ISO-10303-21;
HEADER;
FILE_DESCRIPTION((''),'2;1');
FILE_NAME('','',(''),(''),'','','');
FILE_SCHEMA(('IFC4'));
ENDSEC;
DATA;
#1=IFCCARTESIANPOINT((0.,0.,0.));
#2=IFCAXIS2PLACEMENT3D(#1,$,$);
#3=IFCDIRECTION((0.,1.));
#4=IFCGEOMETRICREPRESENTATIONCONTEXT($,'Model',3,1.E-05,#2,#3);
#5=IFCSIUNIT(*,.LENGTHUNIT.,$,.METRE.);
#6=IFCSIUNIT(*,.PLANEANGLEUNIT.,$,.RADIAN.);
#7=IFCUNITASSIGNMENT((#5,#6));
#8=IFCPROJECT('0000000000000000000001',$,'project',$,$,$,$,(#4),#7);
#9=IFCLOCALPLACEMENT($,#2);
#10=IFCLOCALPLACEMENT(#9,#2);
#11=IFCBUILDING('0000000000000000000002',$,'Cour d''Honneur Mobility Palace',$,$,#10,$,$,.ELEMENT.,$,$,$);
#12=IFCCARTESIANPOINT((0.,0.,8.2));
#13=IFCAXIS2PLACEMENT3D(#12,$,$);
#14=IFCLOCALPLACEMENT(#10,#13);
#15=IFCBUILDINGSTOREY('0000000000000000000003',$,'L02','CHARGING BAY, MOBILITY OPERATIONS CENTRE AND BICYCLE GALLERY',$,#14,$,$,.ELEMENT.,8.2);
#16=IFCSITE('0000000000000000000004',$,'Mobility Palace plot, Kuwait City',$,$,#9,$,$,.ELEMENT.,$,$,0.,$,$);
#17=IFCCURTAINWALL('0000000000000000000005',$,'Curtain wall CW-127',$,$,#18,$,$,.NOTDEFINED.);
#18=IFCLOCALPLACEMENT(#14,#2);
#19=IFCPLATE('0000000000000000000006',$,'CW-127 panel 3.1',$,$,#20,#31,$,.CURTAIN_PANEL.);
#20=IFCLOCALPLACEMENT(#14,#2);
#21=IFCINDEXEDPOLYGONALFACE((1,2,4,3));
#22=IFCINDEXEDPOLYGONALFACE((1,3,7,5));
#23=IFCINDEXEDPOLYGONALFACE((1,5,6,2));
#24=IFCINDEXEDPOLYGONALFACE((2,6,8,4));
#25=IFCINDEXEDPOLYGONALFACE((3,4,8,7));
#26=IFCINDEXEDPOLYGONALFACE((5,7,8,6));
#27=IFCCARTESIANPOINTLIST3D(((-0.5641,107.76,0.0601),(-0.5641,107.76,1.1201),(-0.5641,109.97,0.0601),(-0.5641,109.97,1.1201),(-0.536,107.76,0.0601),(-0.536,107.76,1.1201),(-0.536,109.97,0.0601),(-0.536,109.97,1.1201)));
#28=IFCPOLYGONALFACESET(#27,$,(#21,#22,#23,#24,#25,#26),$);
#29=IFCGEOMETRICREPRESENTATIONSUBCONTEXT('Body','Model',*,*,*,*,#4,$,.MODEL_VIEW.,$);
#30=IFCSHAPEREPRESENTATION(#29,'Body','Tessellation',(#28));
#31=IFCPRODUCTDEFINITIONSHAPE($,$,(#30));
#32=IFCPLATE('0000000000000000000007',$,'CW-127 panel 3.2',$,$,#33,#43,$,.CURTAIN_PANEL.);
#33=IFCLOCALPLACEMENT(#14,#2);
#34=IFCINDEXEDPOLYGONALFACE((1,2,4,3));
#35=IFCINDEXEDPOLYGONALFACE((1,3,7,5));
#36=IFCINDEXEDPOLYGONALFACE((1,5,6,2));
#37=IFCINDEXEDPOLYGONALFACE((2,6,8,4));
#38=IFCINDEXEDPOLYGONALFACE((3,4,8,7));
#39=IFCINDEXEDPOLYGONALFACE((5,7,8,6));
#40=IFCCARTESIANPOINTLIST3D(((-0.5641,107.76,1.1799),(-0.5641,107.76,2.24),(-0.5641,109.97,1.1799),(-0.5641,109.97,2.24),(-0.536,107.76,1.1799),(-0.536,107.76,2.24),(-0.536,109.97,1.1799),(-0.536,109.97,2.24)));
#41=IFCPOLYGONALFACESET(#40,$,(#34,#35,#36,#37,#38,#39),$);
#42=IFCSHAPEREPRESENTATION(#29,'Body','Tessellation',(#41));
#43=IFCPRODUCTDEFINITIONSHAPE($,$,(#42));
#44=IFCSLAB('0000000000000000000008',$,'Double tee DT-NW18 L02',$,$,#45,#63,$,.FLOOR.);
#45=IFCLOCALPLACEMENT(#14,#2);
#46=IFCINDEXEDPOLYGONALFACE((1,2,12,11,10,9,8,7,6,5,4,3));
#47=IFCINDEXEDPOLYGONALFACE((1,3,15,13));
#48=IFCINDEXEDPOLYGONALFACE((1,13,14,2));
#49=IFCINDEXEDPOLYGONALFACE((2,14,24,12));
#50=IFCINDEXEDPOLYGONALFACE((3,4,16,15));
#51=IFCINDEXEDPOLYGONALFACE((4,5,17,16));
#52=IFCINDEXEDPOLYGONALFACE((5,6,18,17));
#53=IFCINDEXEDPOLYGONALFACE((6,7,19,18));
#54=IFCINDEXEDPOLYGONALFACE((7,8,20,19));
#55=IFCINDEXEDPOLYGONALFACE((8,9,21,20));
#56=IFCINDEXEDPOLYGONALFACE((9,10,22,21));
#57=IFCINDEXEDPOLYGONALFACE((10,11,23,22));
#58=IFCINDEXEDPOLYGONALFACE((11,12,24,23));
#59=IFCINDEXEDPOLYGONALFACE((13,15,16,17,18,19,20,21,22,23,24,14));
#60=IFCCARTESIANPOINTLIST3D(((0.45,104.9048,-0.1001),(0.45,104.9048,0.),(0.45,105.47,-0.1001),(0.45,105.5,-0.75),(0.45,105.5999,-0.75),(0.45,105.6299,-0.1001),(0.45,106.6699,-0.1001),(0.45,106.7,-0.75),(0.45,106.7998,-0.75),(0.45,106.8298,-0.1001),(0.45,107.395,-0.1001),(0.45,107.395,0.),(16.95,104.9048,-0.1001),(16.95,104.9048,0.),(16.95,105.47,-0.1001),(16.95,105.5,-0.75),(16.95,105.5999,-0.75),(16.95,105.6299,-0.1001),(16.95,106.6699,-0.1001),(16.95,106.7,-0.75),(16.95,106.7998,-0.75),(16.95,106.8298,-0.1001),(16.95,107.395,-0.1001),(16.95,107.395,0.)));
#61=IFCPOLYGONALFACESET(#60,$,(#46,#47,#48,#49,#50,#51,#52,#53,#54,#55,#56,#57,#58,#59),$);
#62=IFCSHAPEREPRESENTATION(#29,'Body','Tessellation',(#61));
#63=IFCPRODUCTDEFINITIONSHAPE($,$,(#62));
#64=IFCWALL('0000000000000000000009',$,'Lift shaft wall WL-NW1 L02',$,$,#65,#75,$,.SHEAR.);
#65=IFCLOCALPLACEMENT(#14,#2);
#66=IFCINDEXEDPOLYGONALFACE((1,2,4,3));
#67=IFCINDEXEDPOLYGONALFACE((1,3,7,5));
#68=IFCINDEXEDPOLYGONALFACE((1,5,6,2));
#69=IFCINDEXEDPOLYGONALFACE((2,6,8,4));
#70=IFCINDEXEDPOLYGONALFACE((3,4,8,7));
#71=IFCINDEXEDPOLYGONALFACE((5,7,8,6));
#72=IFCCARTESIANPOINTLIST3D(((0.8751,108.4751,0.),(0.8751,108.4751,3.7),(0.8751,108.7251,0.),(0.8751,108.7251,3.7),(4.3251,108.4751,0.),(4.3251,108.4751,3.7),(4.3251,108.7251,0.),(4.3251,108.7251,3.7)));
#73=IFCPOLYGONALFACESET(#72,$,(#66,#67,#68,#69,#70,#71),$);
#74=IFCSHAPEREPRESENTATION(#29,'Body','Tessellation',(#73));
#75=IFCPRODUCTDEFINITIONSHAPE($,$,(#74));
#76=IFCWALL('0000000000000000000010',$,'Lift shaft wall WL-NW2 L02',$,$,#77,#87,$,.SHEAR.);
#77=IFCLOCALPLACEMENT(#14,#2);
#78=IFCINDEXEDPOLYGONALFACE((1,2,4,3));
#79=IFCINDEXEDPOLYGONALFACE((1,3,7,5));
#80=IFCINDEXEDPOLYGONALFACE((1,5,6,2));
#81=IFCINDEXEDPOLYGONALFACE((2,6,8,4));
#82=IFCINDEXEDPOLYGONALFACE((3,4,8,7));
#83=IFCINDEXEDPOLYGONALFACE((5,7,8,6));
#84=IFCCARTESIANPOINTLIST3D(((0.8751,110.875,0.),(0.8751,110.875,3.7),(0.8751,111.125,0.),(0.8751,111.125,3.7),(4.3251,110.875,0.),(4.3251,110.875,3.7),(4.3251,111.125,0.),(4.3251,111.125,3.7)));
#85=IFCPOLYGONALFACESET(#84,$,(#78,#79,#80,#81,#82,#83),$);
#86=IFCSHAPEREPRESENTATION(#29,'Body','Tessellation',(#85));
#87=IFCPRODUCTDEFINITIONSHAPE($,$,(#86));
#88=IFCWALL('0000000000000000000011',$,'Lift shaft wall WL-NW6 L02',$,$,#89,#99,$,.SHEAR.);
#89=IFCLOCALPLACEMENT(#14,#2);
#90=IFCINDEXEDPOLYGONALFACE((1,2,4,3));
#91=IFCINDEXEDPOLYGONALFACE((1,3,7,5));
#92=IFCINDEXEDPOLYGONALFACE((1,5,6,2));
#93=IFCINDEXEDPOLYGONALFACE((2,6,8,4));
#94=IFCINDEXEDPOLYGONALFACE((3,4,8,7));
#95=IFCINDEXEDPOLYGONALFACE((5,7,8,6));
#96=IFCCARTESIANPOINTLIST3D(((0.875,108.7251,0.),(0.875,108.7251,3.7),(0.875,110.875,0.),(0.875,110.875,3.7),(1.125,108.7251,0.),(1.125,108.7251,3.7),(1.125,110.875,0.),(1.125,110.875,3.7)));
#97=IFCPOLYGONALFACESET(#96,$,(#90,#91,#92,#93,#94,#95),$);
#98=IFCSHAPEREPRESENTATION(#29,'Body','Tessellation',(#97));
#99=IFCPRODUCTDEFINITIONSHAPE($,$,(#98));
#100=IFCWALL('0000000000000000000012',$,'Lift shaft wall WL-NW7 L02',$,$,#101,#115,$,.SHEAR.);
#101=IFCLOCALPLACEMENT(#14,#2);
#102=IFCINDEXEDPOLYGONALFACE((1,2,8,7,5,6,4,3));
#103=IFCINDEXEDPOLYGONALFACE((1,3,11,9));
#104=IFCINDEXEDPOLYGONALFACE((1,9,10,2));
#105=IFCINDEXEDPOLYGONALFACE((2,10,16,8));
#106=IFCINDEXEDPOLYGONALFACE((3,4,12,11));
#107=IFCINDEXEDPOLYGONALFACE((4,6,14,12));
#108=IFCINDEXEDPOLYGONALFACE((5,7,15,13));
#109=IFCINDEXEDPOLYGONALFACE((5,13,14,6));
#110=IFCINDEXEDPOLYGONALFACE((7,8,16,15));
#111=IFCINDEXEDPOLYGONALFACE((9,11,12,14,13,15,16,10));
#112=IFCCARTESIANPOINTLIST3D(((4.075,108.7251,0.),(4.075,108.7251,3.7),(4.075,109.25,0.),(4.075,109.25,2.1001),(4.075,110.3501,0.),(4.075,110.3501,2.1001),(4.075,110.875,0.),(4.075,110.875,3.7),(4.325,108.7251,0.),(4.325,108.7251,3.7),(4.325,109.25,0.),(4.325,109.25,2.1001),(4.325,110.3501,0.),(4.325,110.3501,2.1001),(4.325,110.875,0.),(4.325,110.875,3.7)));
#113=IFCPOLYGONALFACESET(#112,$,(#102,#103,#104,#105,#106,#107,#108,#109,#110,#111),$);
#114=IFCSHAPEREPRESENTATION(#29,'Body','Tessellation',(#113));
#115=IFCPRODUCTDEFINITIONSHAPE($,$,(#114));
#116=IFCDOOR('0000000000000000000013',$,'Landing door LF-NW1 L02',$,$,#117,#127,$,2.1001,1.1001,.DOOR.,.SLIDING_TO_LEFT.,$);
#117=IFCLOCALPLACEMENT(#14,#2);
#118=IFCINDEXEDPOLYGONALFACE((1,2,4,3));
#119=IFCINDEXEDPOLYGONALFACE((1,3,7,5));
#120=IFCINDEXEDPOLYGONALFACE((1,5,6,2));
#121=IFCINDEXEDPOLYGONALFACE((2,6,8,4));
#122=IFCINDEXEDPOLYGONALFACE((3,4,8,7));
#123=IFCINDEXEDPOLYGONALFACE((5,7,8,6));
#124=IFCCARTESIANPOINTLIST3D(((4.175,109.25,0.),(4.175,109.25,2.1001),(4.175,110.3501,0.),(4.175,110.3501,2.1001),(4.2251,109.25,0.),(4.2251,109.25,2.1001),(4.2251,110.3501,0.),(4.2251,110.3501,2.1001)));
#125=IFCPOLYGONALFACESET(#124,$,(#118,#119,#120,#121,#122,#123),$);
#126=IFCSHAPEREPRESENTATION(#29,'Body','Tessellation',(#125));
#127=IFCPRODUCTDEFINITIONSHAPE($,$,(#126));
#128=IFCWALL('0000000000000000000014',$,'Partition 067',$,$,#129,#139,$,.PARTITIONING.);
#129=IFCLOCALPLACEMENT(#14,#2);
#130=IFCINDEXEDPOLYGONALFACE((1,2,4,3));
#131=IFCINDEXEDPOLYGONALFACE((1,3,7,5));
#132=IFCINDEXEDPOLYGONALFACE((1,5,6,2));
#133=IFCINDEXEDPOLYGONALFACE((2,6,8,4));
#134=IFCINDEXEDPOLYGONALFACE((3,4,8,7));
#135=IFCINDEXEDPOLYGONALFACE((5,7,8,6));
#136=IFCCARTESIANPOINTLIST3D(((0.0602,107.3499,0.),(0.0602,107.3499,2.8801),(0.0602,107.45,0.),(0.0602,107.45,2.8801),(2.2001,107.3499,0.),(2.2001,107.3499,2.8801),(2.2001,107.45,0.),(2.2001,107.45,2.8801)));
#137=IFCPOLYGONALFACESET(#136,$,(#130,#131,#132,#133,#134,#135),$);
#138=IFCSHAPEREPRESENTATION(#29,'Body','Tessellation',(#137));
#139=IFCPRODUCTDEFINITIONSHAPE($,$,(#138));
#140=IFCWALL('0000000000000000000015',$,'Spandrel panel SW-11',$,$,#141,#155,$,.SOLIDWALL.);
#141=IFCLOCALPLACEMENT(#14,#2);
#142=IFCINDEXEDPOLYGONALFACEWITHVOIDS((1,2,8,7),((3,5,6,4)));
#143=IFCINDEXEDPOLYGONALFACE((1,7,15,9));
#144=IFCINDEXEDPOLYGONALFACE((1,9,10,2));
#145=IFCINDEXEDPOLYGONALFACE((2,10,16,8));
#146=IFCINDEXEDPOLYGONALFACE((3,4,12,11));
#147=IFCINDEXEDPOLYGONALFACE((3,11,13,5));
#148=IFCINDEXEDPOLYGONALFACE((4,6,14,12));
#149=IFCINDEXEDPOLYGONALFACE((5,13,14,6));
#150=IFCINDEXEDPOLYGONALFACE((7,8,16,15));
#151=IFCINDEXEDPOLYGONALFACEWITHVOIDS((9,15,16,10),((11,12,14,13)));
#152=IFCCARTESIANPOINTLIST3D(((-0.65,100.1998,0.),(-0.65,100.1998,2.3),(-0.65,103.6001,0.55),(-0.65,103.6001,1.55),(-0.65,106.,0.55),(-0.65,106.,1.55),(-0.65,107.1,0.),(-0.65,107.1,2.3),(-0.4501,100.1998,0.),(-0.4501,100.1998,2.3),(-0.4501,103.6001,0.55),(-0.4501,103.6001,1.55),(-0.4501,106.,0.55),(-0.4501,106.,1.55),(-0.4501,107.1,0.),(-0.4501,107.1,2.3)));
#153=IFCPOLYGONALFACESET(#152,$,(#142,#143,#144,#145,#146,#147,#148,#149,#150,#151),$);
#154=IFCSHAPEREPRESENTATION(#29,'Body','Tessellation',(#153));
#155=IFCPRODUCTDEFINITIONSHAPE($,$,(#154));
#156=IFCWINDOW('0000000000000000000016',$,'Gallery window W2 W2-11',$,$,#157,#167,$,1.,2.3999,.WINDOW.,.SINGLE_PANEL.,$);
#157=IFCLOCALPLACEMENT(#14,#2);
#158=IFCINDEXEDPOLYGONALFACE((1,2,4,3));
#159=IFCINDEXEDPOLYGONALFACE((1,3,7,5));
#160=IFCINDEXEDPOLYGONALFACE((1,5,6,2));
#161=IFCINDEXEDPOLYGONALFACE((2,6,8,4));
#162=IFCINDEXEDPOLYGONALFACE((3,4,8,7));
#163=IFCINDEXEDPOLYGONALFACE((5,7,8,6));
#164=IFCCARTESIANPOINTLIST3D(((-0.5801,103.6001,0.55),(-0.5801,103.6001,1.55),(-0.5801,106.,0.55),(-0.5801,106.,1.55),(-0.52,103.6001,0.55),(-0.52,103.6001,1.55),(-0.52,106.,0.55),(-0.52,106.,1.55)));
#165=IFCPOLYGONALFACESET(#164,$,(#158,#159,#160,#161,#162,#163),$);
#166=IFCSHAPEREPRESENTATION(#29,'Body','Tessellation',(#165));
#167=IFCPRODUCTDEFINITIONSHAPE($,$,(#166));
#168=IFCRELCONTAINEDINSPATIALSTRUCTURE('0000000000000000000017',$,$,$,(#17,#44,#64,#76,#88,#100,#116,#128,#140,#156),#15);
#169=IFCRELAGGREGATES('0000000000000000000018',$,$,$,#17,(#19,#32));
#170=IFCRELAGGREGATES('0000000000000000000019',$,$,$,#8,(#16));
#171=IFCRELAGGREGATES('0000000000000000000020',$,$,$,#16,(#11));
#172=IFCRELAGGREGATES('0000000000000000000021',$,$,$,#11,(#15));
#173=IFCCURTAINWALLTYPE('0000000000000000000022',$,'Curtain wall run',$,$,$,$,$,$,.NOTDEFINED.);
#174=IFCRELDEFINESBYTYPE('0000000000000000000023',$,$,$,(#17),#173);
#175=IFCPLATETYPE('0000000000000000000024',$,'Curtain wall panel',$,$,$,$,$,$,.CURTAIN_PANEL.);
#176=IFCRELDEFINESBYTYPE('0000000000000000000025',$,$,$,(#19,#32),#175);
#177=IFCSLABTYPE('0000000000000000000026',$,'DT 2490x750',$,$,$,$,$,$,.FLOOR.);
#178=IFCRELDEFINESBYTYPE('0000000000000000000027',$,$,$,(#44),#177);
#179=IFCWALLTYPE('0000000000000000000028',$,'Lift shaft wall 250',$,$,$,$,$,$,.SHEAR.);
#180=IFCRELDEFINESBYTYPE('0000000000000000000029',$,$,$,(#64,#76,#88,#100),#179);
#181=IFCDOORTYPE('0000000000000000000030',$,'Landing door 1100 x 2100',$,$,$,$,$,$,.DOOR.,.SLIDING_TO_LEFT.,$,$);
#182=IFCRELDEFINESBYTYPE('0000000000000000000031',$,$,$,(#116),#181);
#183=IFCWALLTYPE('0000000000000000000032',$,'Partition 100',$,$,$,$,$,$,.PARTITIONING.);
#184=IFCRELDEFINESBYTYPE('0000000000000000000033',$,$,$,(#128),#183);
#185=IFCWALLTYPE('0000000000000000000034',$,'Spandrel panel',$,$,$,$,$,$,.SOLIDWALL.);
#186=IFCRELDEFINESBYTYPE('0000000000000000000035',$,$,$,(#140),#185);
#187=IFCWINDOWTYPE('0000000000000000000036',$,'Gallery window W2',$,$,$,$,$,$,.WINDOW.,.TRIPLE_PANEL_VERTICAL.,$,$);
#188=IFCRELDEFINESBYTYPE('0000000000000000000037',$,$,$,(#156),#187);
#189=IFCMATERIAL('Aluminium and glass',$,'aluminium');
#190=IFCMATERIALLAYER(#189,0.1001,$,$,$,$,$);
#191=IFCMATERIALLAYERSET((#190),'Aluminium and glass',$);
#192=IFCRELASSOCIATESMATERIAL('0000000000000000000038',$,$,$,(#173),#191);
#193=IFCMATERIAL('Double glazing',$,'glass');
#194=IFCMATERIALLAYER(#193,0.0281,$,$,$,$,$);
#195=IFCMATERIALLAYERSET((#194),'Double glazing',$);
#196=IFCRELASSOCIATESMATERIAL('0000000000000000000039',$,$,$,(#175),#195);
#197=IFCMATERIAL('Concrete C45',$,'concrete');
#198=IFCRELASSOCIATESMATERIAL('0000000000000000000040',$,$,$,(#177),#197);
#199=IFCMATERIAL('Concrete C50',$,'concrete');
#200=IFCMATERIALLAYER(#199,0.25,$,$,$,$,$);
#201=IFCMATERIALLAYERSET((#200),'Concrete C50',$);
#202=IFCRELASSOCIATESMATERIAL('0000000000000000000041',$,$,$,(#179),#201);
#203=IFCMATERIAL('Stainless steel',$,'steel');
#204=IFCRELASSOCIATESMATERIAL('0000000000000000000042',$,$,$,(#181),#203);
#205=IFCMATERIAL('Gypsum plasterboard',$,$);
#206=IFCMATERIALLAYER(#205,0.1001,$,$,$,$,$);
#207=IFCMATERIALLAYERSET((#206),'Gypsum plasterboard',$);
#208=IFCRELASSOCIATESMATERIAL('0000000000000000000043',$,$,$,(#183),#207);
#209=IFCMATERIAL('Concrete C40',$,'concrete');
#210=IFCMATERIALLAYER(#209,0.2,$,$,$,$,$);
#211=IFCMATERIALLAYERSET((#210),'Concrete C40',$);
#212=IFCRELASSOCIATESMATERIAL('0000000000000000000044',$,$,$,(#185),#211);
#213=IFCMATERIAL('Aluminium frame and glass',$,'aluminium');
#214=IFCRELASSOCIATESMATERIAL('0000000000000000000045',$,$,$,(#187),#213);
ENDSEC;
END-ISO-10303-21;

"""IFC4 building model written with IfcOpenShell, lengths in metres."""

from ifc_helpers import new_model, si_unit, direction, frame, frame_2d, origin, origin_2d, place, context, subcontext, project, spatial, polyline, rectangle, outline, extrude, material, layer, layer_set, material_profile, profile_set, type_object, element, fill, aggregate, save


model = new_model("IFC4")

# Units and contexts
model_context = context("Model", 3, precision=1e-05, world=origin(), true_north=direction((0.0, 1.0)))
body_context = subcontext(model_context, "Body", "Model", "MODEL_VIEW")
ifc_project = project(units=[si_unit("LENGTHUNIT", "METRE"), si_unit("PLANEANGLEUNIT", "RADIAN")], contexts=[model_context])

# Site, building, storey
site_placement = place(None, origin())
site = spatial("IfcSite", under=ifc_project, at=site_placement, Name="Mobility Palace plot, Kuwait City", CompositionType="ELEMENT", RefElevation=0.0)
building_placement = place(site_placement, origin())
building = spatial("IfcBuilding", under=site, at=building_placement, Name="Cour d'Honneur Mobility Palace", CompositionType="ELEMENT")
storey_placement = place(building_placement, frame((0.0, 0.0, 8.2)))
storey = spatial("IfcBuildingStorey", under=building, at=storey_placement, Name="L02", Description="CHARGING BAY, MOBILITY OPERATIONS CENTRE AND BICYCLE GALLERY", CompositionType="ELEMENT", Elevation=8.2)

# Curtain wall
ifc_material_1 = material(Name="Aluminium and glass", Category="aluminium")
ifc_layer_1 = layer(ifc_material_1, 0.1001)
ifc_layer_set_1 = layer_set([ifc_layer_1], Name="Aluminium and glass")
curtain_wall_type = type_object("IfcCurtainWallType", Name="Curtain wall run", PredefinedType="NOTDEFINED", material=ifc_layer_set_1)
curtain_wall_placement = place(storey_placement, origin())
curtain_wall = element("IfcCurtainWall", 1, at=curtain_wall_placement, inside=storey, type_object=curtain_wall_type, Name="Curtain wall CW-127", PredefinedType="NOTDEFINED")

# Plates
ifc_material_2 = material(Name="Double glazing", Category="glass")
ifc_layer_2 = layer(ifc_material_2, 0.0281)
ifc_layer_set_2 = layer_set([ifc_layer_2], Name="Double glazing")
plate_type = type_object("IfcPlateType", Name="Curtain wall panel", PredefinedType="CURTAIN_PANEL", material=ifc_layer_set_2)
plate_1_placement = place(storey_placement, frame((-0.55, 108.865, 0.0601), z_axis=(0.0, 0.0, 1.0), x_axis=(0.0, -1.0, 0.0)))
plate_1 = element("IfcPlate", 2, at=plate_1_placement, type_object=plate_type, Name="CW-127 panel 3.1", PredefinedType="CURTAIN_PANEL", context=body_context, shape_type="SweptSolid", body=[
    extrude(rectangle(XDim=2.21, YDim=0.0281, at=origin_2d()), origin(), (0.0, 0.0, 1.0), 1.0601),
])
plate_2_placement = place(storey_placement, frame((-0.55, 108.865, 1.1799), z_axis=(0.0, 0.0, 1.0), x_axis=(0.0, -1.0, 0.0)))
plate_2 = element("IfcPlate", 3, at=plate_2_placement, type_object=plate_type, Name="CW-127 panel 3.2", PredefinedType="CURTAIN_PANEL", context=body_context, shape_type="SweptSolid", body=[
    extrude(rectangle(XDim=2.21, YDim=0.0281, at=origin_2d()), origin(), (0.0, 0.0, 1.0), 1.0601),
])
aggregate(curtain_wall, [plate_1, plate_2])

# Slab
ifc_material_3 = material(Name="Concrete C45", Category="concrete")
ifc_material_profile_1 = material_profile(ifc_material_3, outline(polyline([(-1.2451, 0.0), (1.2451, 0.0), (1.2451, -0.1001), (0.6799, -0.1001), (0.6499, -0.75), (0.55, -0.75), (0.52, -0.1001), (-0.52, -0.1001), (-0.55, -0.75), (-0.6499, -0.75), (-0.6799, -0.1001), (-1.2451, -0.1001), (-1.2451, 0.0)])), Name="DT 2490x750")
ifc_profile_set_1 = profile_set([ifc_material_profile_1], Name="Concrete C45")
slab_type = type_object("IfcSlabType", Name="DT 2490x750", PredefinedType="FLOOR", material=ifc_profile_set_1)
slab_placement = place(storey_placement, frame((0.45, 106.1499, 0.0), z_axis=(1.0, 0.0, 0.0), x_axis=(0.0, 1.0, 0.0)))
element("IfcSlab", 4, at=slab_placement, inside=storey, type_object=slab_type, Name="Double tee DT-NW18 L02", PredefinedType="FLOOR", context=body_context, shape_type="SweptSolid", body=[
    extrude(outline(polyline([(-1.2451, 0.0), (1.2451, 0.0), (1.2451, -0.1001), (0.6799, -0.1001), (0.6499, -0.75), (0.55, -0.75), (0.52, -0.1001), (-0.52, -0.1001), (-0.55, -0.75), (-0.6499, -0.75), (-0.6799, -0.1001), (-1.2451, -0.1001), (-1.2451, 0.0)])), origin(), (0.0, 0.0, 1.0), 16.5),
])

# Walls
ifc_material_4 = material(Name="Concrete C50", Category="concrete")
ifc_layer_3 = layer(ifc_material_4, 0.25)
ifc_layer_set_3 = layer_set([ifc_layer_3], Name="Concrete C50")
wall_type_1 = type_object("IfcWallType", Name="Lift shaft wall 250", PredefinedType="SHEAR", material=ifc_layer_set_3)
for number, where, z_axis, x_axis, name in (
    (5, (0.875, 108.6001, 0.0), (0.0, 0.0, 1.0), (1.0, 0.0, 0.0), "Lift shaft wall WL-NW1 L02"),
    (6, (0.875, 111.0, 0.0), (0.0, 0.0, 1.0), (1.0, 0.0, 0.0), "Lift shaft wall WL-NW2 L02"),
):
    element("IfcWall", number, at=place(storey_placement, frame(where, z_axis=z_axis, x_axis=x_axis)), inside=storey, type_object=wall_type_1, Name=name, PredefinedType="SHEAR", context=body_context, shape_type="SweptSolid", body=[
        extrude(rectangle(XDim=3.45, YDim=0.25, at=frame_2d((1.7251, 0.0))), origin(), (0.0, 0.0, 1.0), 3.7),
    ])
wall_1_placement = place(storey_placement, frame((1.0, 108.7251, 0.0), z_axis=(0.0, 0.0, 1.0), x_axis=(0.0, 1.0, 0.0)))
element("IfcWall", 7, at=wall_1_placement, inside=storey, type_object=wall_type_1, Name="Lift shaft wall WL-NW6 L02", PredefinedType="SHEAR", context=body_context, shape_type="SweptSolid", body=[
    extrude(rectangle(XDim=2.1499, YDim=0.25, at=frame_2d((1.075, 0.0))), origin(), (0.0, 0.0, 1.0), 3.7),
])

# Wall, opening, door
wall_2_placement = place(storey_placement, frame((4.2, 108.7251, 0.0), z_axis=(0.0, 0.0, 1.0), x_axis=(0.0, 1.0, 0.0)))
wall_2 = element("IfcWall", 8, at=wall_2_placement, inside=storey, type_object=wall_type_1, Name="Lift shaft wall WL-NW7 L02", PredefinedType="SHEAR", context=body_context, shape_type="SweptSolid", body=[
    extrude(rectangle(XDim=2.1499, YDim=0.25, at=frame_2d((1.075, 0.0))), origin(), (0.0, 0.0, 1.0), 3.7),
])
opening_1_placement = place(wall_2_placement, frame((0.5249, 0.0, 0.0)))
opening_1 = element("IfcOpeningElement", 9, at=opening_1_placement, cuts=wall_2, PredefinedType="OPENING", context=body_context, shape_type="SweptSolid", body=[
    extrude(rectangle(XDim=1.1001, YDim=2.1001, at=frame_2d((0.55, 1.05))), frame((0.0, 0.135, 0.0), z_axis=(0.0, -1.0, 0.0), x_axis=(1.0, 0.0, 0.0)), (0.0, 0.0, 1.0), 0.27),
])
ifc_material_5 = material(Name="Stainless steel", Category="steel")
door_type = type_object("IfcDoorType", Name="Landing door 1100 x 2100", OperationType="SLIDING_TO_LEFT", PredefinedType="DOOR", material=ifc_material_5)
door_placement = place(opening_1_placement, origin())
door = element("IfcDoor", 10, at=door_placement, inside=storey, type_object=door_type, Name="Landing door LF-NW1 L02", OperationType="SLIDING_TO_LEFT", OverallHeight=2.1001, OverallWidth=1.1001, PredefinedType="DOOR", context=body_context, shape_type="SweptSolid", body=[
    extrude(rectangle(XDim=1.1001, YDim=2.1001, at=frame_2d((0.55, 1.05))), frame((0.0, 0.0249, 0.0), z_axis=(0.0, -1.0, 0.0), x_axis=(1.0, 0.0, 0.0)), (0.0, 0.0, 1.0), 0.05),
])
fill(opening_1, door)

# Wall
ifc_material_6 = material(Name="Gypsum plasterboard")
ifc_layer_4 = layer(ifc_material_6, 0.1001)
ifc_layer_set_4 = layer_set([ifc_layer_4], Name="Gypsum plasterboard")
wall_type_2 = type_object("IfcWallType", Name="Partition 100", PredefinedType="PARTITIONING", material=ifc_layer_set_4)
wall_3_placement = place(storey_placement, frame((2.2, 107.3999, 0.0), z_axis=(0.0, 0.0, 1.0), x_axis=(-1.0, 0.0, 0.0)))
element("IfcWall", 11, at=wall_3_placement, inside=storey, type_object=wall_type_2, Name="Partition 067", PredefinedType="PARTITIONING", context=body_context, shape_type="SweptSolid", body=[
    extrude(rectangle(XDim=2.1399, YDim=0.1001, at=frame_2d((1.0698, 0.0))), origin(), (0.0, 0.0, 1.0), 2.8801),
])

# Wall, opening, window
ifc_material_7 = material(Name="Concrete C40", Category="concrete")
ifc_layer_5 = layer(ifc_material_7, 0.2)
ifc_layer_set_5 = layer_set([ifc_layer_5], Name="Concrete C40")
wall_type_3 = type_object("IfcWallType", Name="Spandrel panel", PredefinedType="SOLIDWALL", material=ifc_layer_set_5)
wall_4_placement = place(storey_placement, frame((-0.55, 107.1001, 0.0), z_axis=(0.0, 0.0, 1.0), x_axis=(0.0, -1.0, 0.0)))
wall_4 = element("IfcWall", 12, at=wall_4_placement, inside=storey, type_object=wall_type_3, Name="Spandrel panel SW-11", PredefinedType="SOLIDWALL", context=body_context, shape_type="SweptSolid", body=[
    extrude(rectangle(XDim=6.9001, YDim=0.2, at=frame_2d((3.4502, 0.0))), origin(), (0.0, 0.0, 1.0), 2.3),
])
opening_2_placement = place(wall_4_placement, frame((1.1001, 0.0, 0.55)))
opening_2 = element("IfcOpeningElement", 13, at=opening_2_placement, cuts=wall_4, PredefinedType="OPENING", context=body_context, shape_type="SweptSolid", body=[
    extrude(rectangle(XDim=2.3999, YDim=1.0, at=frame_2d((1.2, 0.5))), frame((0.0, 0.1099, 0.0), z_axis=(0.0, -1.0, 0.0), x_axis=(1.0, 0.0, 0.0)), (0.0, 0.0, 1.0), 0.22),
])
ifc_material_8 = material(Name="Aluminium frame and glass", Category="aluminium")
window_type = type_object("IfcWindowType", Name="Gallery window W2", PartitioningType="TRIPLE_PANEL_VERTICAL", PredefinedType="WINDOW", material=ifc_material_8)
window_placement = place(opening_2_placement, origin())
window = element("IfcWindow", 14, at=window_placement, inside=storey, type_object=window_type, Name="Gallery window W2 W2-11", OverallHeight=1.0, OverallWidth=2.3999, PartitioningType="SINGLE_PANEL", PredefinedType="WINDOW", context=body_context, shape_type="SweptSolid", body=[
    extrude(rectangle(XDim=2.3999, YDim=1.0, at=frame_2d((1.2, 0.5))), frame((0.0, 0.03, 0.0), z_axis=(0.0, -1.0, 0.0), x_axis=(1.0, 0.0, 0.0)), (0.0, 0.0, 1.0), 0.0601),
])
fill(opening_2, window)

save(model, "model.ifc")
